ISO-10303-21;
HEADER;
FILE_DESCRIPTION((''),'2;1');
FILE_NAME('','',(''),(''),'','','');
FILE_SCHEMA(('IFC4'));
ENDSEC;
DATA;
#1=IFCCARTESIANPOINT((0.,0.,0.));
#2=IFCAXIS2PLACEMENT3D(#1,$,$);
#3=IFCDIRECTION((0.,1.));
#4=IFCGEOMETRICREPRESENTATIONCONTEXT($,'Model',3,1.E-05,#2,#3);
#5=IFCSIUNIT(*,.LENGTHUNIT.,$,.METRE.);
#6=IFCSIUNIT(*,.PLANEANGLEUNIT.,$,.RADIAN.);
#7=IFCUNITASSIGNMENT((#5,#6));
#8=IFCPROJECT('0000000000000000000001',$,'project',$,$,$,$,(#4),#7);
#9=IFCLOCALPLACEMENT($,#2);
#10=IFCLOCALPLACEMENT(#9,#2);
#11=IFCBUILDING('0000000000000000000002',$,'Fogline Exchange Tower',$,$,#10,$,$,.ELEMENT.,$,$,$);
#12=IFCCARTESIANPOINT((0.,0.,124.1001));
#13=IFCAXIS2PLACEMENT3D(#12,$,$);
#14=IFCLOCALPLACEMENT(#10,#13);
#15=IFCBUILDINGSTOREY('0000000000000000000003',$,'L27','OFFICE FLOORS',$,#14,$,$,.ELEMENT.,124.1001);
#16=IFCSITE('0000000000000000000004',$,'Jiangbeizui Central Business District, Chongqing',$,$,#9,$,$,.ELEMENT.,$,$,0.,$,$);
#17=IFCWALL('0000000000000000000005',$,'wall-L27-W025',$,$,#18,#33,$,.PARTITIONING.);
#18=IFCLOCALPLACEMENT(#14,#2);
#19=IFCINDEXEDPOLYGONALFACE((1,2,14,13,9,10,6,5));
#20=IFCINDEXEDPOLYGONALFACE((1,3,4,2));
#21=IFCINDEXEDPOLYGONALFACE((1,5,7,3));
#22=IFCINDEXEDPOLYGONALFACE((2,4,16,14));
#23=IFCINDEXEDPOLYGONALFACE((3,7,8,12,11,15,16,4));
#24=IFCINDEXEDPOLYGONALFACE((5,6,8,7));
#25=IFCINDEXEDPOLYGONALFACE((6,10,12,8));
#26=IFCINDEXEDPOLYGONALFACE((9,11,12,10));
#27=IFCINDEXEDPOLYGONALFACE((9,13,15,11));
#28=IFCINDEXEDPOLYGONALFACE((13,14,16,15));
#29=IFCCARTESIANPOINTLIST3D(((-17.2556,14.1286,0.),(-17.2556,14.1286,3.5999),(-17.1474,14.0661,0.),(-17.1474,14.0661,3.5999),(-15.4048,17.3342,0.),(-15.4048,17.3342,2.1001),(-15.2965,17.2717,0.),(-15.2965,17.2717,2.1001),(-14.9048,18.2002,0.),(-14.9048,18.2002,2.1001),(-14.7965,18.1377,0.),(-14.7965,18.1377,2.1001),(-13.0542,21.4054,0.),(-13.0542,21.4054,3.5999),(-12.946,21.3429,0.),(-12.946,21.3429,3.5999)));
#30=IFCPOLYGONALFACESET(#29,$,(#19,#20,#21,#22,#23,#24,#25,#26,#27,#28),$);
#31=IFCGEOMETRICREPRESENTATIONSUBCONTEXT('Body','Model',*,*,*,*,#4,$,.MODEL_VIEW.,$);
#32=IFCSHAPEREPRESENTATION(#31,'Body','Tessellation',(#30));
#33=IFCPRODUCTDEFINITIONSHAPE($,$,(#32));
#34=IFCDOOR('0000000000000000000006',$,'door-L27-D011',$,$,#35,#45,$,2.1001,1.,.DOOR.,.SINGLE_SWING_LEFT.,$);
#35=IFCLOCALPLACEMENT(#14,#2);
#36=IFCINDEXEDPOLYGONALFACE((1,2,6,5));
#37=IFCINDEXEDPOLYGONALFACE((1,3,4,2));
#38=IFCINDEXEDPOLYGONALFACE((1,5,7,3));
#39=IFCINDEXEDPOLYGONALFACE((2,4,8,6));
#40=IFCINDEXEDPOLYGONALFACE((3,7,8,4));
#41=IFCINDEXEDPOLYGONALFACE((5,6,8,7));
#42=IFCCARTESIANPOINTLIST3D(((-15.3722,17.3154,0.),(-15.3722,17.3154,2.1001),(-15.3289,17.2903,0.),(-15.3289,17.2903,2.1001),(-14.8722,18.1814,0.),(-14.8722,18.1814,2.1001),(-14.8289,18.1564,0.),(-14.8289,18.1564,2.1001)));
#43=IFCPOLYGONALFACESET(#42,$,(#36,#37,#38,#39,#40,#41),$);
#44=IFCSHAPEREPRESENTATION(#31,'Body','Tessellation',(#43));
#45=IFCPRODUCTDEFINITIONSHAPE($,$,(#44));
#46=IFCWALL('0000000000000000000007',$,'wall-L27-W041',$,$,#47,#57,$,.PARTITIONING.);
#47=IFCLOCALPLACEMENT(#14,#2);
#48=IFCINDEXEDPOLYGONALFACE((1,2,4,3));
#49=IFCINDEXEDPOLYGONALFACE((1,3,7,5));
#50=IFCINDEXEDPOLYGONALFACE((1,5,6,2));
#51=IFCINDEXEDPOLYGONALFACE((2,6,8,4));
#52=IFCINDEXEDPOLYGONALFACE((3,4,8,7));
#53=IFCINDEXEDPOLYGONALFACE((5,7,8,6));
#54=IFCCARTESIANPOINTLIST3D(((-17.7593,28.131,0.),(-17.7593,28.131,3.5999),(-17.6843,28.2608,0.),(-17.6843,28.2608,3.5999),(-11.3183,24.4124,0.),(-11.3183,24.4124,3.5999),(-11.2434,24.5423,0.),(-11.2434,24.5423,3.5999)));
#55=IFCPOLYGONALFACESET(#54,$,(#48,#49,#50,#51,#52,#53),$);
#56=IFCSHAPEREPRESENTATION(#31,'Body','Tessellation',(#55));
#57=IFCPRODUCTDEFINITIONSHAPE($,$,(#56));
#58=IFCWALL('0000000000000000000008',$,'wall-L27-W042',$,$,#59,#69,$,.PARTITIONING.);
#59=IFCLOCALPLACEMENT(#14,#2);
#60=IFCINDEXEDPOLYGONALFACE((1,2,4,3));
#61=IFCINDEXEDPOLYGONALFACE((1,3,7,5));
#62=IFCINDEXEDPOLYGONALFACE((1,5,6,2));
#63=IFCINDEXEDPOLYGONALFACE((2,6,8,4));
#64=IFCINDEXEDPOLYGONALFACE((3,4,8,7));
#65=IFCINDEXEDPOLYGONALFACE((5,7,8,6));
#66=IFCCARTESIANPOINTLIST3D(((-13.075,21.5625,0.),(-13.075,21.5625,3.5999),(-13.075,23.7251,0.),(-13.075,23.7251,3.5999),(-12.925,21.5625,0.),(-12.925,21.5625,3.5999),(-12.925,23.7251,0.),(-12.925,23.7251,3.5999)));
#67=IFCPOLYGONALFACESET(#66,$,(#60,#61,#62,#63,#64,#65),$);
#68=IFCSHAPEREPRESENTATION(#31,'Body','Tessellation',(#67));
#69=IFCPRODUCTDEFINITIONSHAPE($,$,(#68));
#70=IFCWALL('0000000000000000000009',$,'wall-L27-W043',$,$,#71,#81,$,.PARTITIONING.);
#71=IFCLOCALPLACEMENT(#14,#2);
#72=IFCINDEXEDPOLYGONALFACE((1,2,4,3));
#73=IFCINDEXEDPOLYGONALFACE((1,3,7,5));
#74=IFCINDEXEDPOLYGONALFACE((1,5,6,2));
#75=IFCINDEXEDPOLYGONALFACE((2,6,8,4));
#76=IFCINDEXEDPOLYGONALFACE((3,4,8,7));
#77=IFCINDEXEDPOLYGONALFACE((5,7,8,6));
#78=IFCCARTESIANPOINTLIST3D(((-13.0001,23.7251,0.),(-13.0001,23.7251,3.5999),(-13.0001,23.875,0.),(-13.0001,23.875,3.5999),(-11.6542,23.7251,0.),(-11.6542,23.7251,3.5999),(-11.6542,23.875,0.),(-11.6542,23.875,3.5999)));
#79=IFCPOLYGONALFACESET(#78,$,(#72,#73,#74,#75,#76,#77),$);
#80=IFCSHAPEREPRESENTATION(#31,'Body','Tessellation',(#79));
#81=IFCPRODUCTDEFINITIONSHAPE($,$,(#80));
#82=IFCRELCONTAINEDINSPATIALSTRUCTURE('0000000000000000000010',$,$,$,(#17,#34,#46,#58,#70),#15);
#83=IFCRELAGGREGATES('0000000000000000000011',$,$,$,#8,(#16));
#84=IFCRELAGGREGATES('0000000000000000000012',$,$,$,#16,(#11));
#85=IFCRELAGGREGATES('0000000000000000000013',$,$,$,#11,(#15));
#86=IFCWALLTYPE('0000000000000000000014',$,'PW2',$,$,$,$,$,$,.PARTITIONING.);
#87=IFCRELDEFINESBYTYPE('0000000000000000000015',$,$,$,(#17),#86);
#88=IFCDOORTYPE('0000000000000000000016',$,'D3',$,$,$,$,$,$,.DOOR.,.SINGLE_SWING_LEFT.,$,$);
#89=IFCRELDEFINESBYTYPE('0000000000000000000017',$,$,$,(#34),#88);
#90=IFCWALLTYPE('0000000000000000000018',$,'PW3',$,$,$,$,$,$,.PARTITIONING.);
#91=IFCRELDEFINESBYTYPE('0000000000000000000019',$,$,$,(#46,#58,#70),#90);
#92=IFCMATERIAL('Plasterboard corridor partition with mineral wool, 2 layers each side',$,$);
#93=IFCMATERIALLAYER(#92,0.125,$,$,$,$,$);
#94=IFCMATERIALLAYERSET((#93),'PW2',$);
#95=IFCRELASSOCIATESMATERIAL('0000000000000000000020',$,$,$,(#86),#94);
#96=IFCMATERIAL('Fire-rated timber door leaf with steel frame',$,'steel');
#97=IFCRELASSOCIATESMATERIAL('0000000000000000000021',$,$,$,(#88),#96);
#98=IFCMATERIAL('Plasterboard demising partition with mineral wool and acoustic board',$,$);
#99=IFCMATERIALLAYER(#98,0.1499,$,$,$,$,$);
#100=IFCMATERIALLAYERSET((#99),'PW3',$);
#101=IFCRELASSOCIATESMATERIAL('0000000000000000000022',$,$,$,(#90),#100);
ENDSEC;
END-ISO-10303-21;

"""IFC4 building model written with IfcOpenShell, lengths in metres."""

from ifc_helpers import new_model, si_unit, direction, frame, frame_2d, origin, place, context, subcontext, project, spatial, rectangle, extrude, material, layer, layer_set, type_object, element, fill, save


model = new_model("IFC4")

# Units and contexts
model_context = context("Model", 3, precision=1e-05, world=origin(), true_north=direction((0.0, 1.0)))
body_context = subcontext(model_context, "Body", "Model", "MODEL_VIEW")
ifc_project = project(units=[si_unit("LENGTHUNIT", "METRE"), si_unit("PLANEANGLEUNIT", "RADIAN")], contexts=[model_context])

# Site, building, storey
site_placement = place(None, origin())
site = spatial("IfcSite", under=ifc_project, at=site_placement, Name="Jiangbeizui Central Business District, Chongqing", CompositionType="ELEMENT", RefElevation=0.0)
building_placement = place(site_placement, origin())
building = spatial("IfcBuilding", under=site, at=building_placement, Name="Fogline Exchange Tower", CompositionType="ELEMENT")
storey_placement = place(building_placement, frame((0.0, 0.0, 124.1001)))
storey = spatial("IfcBuildingStorey", under=building, at=storey_placement, Name="L27", Description="OFFICE FLOORS", CompositionType="ELEMENT", Elevation=124.1001)

# Shared definitions
ifc_material_1 = material(Name="Plasterboard corridor partition with mineral wool, 2 layers each side")
ifc_layer_1 = layer(ifc_material_1, 0.125)
ifc_layer_set_1 = layer_set([ifc_layer_1], Name="PW2")
wall_type_1 = type_object("IfcWallType", Name="PW2", PredefinedType="PARTITIONING", material=ifc_layer_set_1)
ifc_material_2 = material(Name="Fire-rated timber door leaf with steel frame", Category="steel")
door_type = type_object("IfcDoorType", Name="D3", OperationType="SINGLE_SWING_LEFT", PredefinedType="DOOR", material=ifc_material_2)

# Wall, opening, door
wall_1_placement = place(storey_placement, frame((-17.2014, 14.0974, 0.0), z_axis=(0.0, 0.0, 1.0), x_axis=(0.500011, 0.866019, 0.0)))
wall_1 = element("IfcWall", 1, at=wall_1_placement, inside=storey, type_object=wall_type_1, Name="wall-L27-W025", PredefinedType="PARTITIONING", context=body_context, shape_type="SweptSolid", body=[
    extrude(rectangle(XDim=8.4026, YDim=0.125, at=frame_2d((4.2012, 0.0))), origin(), (0.0, 0.0, 1.0), 3.5999),
])
opening_1_placement = place(wall_1_placement, frame((3.7014, 0.0, 0.0)))
opening_1 = element("IfcOpeningElement", 2, at=opening_1_placement, cuts=wall_1, PredefinedType="OPENING", context=body_context, shape_type="SweptSolid", body=[
    extrude(rectangle(XDim=1.0, YDim=2.1001, at=frame_2d((0.5, 1.05))), frame((0.0, 0.0725, 0.0), z_axis=(0.0, -1.0, 0.0), x_axis=(1.0, 0.0, 0.0)), (0.0, 0.0, 1.0), 0.145),
])
door_1_placement = place(opening_1_placement, origin())
door_1 = element("IfcDoor", 3, at=door_1_placement, inside=storey, type_object=door_type, Name="door-L27-D011", OperationType="SINGLE_SWING_LEFT", OverallHeight=2.1001, OverallWidth=1.0, PredefinedType="DOOR", context=body_context, shape_type="SweptSolid", body=[
    extrude(rectangle(XDim=1.0, YDim=2.1001, at=frame_2d((0.5, 1.05))), frame((0.0, 0.0249, 0.0), z_axis=(0.0, -1.0, 0.0), x_axis=(1.0, 0.0, 0.0)), (0.0, 0.0, 1.0), 0.05),
])
fill(opening_1, door_1)

# Walls
ifc_material_3 = material(Name="Plasterboard demising partition with mineral wool and acoustic board")
ifc_layer_2 = layer(ifc_material_3, 0.1499)
ifc_layer_set_2 = layer_set([ifc_layer_2], Name="PW3")
wall_type_2 = type_object("IfcWallType", Name="PW3", PredefinedType="PARTITIONING", material=ifc_layer_set_2)
wall_2_placement = place(storey_placement, frame((-11.2808, 24.4773, 0.0), z_axis=(0.0, 0.0, 1.0), x_axis=(-0.866035, 0.499984, 0.0)))
element("IfcWall", 4, at=wall_2_placement, inside=storey, type_object=wall_type_2, Name="wall-L27-W041", PredefinedType="PARTITIONING", context=body_context, shape_type="SweptSolid", body=[
    extrude(rectangle(XDim=7.4373, YDim=0.1499, at=frame_2d((3.7188, 0.0))), origin(), (0.0, 0.0, 1.0), 3.5999),
])
wall_3_placement = place(storey_placement, frame((-13.0, 21.5625, 0.0), z_axis=(0.0, 0.0, 1.0), x_axis=(0.0, 1.0, 0.0)))
element("IfcWall", 5, at=wall_3_placement, inside=storey, type_object=wall_type_2, Name="wall-L27-W042", PredefinedType="PARTITIONING", context=body_context, shape_type="SweptSolid", body=[
    extrude(rectangle(XDim=2.1626, YDim=0.1499, at=frame_2d((1.0813, 0.0))), origin(), (0.0, 0.0, 1.0), 3.5999),
])
wall_4_placement = place(storey_placement, frame((-13.0, 23.8, 0.0), z_axis=(0.0, 0.0, 1.0), x_axis=(1.0, 0.0, 0.0)))
element("IfcWall", 6, at=wall_4_placement, inside=storey, type_object=wall_type_2, Name="wall-L27-W043", PredefinedType="PARTITIONING", context=body_context, shape_type="SweptSolid", body=[
    extrude(rectangle(XDim=1.3459, YDim=0.1499, at=frame_2d((0.6729, 0.0))), origin(), (0.0, 0.0, 1.0), 3.5999),
])

save(model, "model.ifc")
